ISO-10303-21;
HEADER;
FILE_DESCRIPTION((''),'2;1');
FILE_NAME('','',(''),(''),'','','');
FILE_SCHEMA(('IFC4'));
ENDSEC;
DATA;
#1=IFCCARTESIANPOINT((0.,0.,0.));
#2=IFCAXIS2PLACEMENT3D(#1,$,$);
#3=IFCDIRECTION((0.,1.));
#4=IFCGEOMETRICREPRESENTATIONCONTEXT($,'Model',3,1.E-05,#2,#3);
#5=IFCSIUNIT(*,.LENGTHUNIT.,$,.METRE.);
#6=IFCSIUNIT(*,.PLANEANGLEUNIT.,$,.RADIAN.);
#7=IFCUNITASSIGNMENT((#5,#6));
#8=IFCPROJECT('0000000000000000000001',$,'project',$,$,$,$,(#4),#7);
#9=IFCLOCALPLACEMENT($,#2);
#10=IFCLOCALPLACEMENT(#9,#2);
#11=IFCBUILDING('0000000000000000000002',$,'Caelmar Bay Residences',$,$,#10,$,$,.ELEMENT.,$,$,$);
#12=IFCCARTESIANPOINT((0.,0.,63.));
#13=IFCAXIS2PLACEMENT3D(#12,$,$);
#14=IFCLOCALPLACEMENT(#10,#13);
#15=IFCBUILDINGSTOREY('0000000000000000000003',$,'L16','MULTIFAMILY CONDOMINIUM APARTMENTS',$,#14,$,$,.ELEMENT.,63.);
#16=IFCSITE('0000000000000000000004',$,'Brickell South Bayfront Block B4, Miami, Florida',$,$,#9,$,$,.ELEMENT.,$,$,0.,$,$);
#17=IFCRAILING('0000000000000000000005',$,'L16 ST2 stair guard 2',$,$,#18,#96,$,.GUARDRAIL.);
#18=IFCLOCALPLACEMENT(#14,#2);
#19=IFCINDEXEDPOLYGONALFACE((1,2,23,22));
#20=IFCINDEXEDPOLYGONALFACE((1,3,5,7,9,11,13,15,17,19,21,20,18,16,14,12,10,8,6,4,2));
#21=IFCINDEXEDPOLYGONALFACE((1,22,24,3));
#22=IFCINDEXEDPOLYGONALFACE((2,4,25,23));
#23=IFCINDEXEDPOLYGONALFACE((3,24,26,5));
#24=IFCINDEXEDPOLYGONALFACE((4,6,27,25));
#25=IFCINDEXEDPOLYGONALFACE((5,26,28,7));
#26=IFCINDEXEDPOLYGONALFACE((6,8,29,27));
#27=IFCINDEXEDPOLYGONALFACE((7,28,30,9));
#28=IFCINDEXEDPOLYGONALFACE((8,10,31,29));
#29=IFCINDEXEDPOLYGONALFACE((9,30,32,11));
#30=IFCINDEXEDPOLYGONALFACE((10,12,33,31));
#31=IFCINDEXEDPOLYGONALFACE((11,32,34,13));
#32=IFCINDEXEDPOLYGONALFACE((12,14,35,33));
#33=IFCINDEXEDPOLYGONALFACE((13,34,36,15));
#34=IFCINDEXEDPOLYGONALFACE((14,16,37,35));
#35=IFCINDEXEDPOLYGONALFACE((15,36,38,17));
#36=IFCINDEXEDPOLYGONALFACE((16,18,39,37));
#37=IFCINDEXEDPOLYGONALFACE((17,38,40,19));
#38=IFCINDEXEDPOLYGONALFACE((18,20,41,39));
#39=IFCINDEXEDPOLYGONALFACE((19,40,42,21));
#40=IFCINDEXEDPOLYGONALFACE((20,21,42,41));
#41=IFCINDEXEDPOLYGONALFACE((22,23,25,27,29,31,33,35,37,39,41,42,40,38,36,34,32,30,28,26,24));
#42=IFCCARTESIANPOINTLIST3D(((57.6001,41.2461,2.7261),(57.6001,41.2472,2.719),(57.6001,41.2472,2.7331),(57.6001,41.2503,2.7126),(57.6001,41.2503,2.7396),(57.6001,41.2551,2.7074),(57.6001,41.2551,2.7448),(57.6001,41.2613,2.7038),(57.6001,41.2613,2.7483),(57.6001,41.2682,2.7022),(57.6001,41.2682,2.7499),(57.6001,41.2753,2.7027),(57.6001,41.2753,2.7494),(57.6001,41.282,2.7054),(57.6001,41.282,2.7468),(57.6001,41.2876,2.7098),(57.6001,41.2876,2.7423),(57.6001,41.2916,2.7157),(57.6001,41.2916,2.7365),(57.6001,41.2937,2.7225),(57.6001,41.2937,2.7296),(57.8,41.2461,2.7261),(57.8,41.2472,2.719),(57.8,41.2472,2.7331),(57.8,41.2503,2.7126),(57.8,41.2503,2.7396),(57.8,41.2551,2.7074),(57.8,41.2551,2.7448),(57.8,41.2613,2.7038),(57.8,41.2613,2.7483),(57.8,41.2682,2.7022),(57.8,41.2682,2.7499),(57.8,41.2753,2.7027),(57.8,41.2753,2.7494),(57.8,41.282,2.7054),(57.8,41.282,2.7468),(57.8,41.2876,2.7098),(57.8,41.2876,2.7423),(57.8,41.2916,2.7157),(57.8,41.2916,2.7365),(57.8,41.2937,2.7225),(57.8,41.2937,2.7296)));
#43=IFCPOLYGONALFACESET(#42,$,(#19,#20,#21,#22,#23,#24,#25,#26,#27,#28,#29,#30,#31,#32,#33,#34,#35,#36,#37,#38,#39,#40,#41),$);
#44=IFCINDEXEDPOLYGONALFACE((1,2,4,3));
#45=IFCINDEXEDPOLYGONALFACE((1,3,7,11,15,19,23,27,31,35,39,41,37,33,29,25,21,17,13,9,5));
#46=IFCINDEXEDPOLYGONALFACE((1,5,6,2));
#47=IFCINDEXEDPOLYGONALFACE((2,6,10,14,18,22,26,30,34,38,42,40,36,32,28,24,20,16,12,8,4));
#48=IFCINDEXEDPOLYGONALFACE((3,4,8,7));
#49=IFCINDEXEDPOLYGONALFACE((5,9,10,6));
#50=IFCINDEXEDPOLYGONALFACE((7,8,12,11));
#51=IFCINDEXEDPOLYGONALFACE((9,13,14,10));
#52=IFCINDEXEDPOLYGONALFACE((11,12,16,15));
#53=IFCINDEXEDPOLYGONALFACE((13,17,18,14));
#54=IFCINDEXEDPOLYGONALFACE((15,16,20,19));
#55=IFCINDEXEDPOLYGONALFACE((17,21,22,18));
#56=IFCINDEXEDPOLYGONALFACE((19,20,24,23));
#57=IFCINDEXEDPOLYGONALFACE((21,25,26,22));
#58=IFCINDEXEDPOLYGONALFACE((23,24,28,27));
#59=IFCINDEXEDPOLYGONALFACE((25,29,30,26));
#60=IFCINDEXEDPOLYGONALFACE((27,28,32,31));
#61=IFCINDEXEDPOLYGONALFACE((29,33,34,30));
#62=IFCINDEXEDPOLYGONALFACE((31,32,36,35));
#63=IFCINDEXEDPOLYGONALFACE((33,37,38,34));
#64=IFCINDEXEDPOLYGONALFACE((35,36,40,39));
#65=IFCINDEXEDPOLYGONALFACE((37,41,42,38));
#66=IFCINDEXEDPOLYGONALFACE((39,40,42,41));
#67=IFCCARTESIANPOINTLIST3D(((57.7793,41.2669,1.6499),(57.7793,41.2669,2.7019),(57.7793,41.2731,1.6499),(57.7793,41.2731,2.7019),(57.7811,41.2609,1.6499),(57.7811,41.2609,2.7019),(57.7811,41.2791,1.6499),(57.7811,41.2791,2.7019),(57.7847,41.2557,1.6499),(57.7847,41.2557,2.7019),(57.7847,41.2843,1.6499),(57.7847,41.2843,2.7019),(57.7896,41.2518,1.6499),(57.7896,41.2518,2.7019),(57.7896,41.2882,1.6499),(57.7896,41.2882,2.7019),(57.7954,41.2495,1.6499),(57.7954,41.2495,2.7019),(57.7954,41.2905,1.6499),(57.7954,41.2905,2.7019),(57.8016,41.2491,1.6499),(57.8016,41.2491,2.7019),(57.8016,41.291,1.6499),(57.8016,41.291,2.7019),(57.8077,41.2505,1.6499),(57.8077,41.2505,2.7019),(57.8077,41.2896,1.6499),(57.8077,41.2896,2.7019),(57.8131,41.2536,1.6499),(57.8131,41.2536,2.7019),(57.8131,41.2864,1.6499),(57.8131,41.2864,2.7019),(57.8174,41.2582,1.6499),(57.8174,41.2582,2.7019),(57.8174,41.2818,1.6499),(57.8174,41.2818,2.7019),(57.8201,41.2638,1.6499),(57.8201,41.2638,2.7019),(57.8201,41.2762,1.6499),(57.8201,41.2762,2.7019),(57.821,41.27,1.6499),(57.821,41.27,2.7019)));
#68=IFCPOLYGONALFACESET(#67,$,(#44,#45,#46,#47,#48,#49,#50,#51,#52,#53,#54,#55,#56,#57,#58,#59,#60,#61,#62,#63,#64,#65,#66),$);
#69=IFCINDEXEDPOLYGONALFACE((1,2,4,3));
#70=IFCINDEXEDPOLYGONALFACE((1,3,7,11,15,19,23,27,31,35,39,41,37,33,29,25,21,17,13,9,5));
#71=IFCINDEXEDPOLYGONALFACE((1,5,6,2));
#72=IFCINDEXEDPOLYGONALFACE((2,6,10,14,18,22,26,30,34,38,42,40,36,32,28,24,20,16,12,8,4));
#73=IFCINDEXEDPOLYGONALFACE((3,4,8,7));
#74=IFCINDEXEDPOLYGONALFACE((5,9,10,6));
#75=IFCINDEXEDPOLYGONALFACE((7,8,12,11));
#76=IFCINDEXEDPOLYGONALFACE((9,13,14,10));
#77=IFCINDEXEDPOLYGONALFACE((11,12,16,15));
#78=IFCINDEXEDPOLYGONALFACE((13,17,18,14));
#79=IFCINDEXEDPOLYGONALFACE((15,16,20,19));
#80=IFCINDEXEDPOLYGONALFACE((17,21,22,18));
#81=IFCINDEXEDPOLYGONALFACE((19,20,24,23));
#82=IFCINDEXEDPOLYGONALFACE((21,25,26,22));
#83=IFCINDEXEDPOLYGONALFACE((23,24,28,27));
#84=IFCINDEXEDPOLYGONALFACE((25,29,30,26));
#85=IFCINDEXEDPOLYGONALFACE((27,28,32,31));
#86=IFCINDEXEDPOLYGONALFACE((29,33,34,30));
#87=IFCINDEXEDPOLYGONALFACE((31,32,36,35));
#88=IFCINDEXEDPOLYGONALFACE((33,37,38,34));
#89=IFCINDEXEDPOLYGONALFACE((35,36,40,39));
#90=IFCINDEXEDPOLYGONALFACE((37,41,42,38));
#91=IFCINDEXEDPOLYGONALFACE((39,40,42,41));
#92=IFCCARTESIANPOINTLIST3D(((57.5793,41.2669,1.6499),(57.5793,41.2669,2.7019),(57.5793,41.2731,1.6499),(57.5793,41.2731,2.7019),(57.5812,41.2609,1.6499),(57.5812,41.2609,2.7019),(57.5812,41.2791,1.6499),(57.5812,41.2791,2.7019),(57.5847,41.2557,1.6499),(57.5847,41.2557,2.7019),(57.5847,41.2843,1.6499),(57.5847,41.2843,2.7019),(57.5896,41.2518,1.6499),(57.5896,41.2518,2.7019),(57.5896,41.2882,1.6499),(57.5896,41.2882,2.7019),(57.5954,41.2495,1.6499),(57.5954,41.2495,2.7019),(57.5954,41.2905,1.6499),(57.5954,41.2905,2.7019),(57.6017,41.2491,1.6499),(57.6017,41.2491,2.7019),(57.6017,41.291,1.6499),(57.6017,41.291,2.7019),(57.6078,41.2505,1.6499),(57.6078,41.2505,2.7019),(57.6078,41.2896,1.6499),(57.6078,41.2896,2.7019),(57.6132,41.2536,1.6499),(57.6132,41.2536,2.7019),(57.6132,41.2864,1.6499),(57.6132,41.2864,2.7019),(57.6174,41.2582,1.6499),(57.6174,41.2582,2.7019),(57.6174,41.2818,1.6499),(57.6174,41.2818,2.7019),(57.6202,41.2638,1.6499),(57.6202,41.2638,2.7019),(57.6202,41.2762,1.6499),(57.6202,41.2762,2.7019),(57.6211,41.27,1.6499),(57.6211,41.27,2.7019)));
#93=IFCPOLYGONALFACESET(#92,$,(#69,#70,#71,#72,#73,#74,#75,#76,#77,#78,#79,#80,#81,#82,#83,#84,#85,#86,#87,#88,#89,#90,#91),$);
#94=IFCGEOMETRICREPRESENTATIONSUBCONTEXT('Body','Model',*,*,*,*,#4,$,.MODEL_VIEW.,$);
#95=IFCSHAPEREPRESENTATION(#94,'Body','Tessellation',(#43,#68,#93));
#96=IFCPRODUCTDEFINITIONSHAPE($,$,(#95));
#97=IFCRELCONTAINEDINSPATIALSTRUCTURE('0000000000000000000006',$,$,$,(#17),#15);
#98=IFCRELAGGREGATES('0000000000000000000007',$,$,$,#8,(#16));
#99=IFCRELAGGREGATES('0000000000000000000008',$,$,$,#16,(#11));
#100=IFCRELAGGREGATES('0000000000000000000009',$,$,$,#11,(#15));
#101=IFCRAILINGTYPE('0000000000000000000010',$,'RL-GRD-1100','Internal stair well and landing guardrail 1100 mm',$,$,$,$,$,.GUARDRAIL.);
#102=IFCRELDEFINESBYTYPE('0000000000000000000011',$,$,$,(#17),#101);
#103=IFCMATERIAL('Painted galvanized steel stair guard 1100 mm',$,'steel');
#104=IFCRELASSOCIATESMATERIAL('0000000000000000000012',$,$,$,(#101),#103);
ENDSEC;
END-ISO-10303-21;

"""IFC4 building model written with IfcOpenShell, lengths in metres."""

from ifc_helpers import new_model, si_unit, direction, frame, origin, origin_2d, place, context, subcontext, project, spatial, circle, extrude, material, type_object, element, save


model = new_model("IFC4")

# Units and contexts
model_context = context("Model", 3, precision=1e-05, world=origin(), true_north=direction((0.0, 1.0)))
body_context = subcontext(model_context, "Body", "Model", "MODEL_VIEW")
ifc_project = project(units=[si_unit("LENGTHUNIT", "METRE"), si_unit("PLANEANGLEUNIT", "RADIAN")], contexts=[model_context])

# Site, building, storey
site_placement = place(None, origin())
site = spatial("IfcSite", under=ifc_project, at=site_placement, Name="Brickell South Bayfront Block B4, Miami, Florida", CompositionType="ELEMENT", RefElevation=0.0)
building_placement = place(site_placement, origin())
building = spatial("IfcBuilding", under=site, at=building_placement, Name="Caelmar Bay Residences", CompositionType="ELEMENT")
storey_placement = place(building_placement, frame((0.0, 0.0, 63.0)))
storey = spatial("IfcBuildingStorey", under=building, at=storey_placement, Name="L16", Description="MULTIFAMILY CONDOMINIUM APARTMENTS", CompositionType="ELEMENT", Elevation=63.0)

# Railing
ifc_material_1 = material(Name="Painted galvanized steel stair guard 1100 mm", Category="steel")
railing_type_1 = type_object("IfcRailingType", Name="RL-GRD-1100", Description="Internal stair well and landing guardrail 1100 mm", PredefinedType="GUARDRAIL", material=ifc_material_1)
railing_1_placement = place(storey_placement, frame((57.8, 41.27, 1.6499)))
element("IfcRailing", 1, at=railing_1_placement, inside=storey, type_object=railing_type_1, Name="L16 ST2 stair guard 2", PredefinedType="GUARDRAIL", context=body_context, shape_type="SweptSolid", body=[
    extrude(circle(Radius=0.0239, at=origin_2d()), frame((0.0, 0.0, 1.0762), z_axis=(-1.0, 0.0, 0.0), x_axis=(0.0, -1.0, 0.0)), (0.0, 0.0, 1.0), 0.2),
    extrude(circle(Radius=0.021, at=origin_2d()), origin(), (0.0, 0.0, 1.0), 1.052),
    extrude(circle(Radius=0.021, at=origin_2d()), frame((-0.2, 0.0, 0.0)), (0.0, 0.0, 1.0), 1.052),
])

save(model, "model.ifc")
